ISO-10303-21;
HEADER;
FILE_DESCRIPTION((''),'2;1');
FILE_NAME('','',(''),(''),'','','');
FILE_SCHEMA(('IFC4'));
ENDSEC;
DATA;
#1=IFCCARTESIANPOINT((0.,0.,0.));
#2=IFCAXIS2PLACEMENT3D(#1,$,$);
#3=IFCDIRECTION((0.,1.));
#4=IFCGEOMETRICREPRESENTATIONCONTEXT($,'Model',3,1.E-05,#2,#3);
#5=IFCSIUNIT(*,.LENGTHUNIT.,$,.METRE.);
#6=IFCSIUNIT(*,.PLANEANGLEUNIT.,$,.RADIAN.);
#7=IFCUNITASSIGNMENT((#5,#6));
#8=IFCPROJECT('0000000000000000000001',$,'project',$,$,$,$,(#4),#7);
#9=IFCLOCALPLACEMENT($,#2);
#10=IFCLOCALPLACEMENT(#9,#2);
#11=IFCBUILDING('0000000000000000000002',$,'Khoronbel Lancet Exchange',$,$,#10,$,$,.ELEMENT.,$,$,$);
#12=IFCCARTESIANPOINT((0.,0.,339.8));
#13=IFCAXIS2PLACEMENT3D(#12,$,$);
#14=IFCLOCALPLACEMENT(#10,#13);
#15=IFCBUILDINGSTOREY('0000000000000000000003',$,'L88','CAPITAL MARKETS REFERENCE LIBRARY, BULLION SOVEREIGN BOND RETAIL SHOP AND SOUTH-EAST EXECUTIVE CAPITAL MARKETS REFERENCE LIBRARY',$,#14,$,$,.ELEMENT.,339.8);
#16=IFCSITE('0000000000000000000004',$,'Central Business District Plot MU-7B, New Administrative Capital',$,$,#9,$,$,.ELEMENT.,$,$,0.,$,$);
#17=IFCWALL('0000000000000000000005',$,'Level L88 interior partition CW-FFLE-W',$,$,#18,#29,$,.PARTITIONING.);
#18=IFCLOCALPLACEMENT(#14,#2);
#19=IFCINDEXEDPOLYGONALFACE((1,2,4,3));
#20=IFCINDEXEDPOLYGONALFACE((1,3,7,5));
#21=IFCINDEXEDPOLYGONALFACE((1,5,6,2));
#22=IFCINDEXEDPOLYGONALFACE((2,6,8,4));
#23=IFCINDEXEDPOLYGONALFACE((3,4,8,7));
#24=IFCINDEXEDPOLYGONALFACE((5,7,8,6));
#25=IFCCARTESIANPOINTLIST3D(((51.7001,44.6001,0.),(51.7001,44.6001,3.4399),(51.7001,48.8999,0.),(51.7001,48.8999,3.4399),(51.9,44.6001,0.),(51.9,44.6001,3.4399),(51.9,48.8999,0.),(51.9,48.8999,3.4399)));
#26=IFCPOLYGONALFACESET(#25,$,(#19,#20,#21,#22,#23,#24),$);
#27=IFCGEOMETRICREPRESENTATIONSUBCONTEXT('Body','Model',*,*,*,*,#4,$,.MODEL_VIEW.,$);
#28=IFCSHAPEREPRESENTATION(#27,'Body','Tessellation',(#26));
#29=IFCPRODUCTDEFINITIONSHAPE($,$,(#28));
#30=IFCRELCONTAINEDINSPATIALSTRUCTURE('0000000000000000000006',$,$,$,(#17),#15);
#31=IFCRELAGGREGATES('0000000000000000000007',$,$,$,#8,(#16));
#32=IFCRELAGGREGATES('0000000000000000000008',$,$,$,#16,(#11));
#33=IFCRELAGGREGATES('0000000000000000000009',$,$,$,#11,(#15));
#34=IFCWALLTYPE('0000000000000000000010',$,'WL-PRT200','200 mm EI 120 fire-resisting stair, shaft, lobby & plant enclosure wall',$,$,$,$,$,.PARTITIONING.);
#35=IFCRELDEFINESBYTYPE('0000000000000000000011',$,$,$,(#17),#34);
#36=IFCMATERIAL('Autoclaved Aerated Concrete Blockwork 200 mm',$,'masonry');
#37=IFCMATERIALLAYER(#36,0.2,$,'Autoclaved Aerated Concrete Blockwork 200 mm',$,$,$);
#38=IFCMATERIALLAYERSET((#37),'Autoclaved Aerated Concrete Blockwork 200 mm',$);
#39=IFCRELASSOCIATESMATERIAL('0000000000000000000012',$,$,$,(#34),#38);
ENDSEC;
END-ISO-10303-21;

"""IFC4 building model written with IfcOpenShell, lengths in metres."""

from ifc_helpers import new_model, si_unit, direction, frame, frame_2d, origin, place, context, subcontext, project, spatial, rectangle, extrude, material, layer, layer_set, type_object, element, save


model = new_model("IFC4")

# Units and contexts
model_context = context("Model", 3, precision=1e-05, world=origin(), true_north=direction((0.0, 1.0)))
body_context = subcontext(model_context, "Body", "Model", "MODEL_VIEW")
ifc_project = project(units=[si_unit("LENGTHUNIT", "METRE"), si_unit("PLANEANGLEUNIT", "RADIAN")], contexts=[model_context])

# Site, building, storey
site_placement = place(None, origin())
site = spatial("IfcSite", under=ifc_project, at=site_placement, Name="Central Business District Plot MU-7B, New Administrative Capital", CompositionType="ELEMENT", RefElevation=0.0)
building_placement = place(site_placement, origin())
building = spatial("IfcBuilding", under=site, at=building_placement, Name="Khoronbel Lancet Exchange", CompositionType="ELEMENT")
storey_placement = place(building_placement, frame((0.0, 0.0, 339.8)))
storey = spatial("IfcBuildingStorey", under=building, at=storey_placement, Name="L88", Description="CAPITAL MARKETS REFERENCE LIBRARY, BULLION SOVEREIGN BOND RETAIL SHOP AND SOUTH-EAST EXECUTIVE CAPITAL MARKETS REFERENCE LIBRARY", CompositionType="ELEMENT", Elevation=339.8)

# Wall
ifc_material_1 = material(Name="Autoclaved Aerated Concrete Blockwork 200 mm", Category="masonry")
ifc_layer_1 = layer(ifc_material_1, 0.2, Name="Autoclaved Aerated Concrete Blockwork 200 mm")
ifc_layer_set_1 = layer_set([ifc_layer_1], Name="Autoclaved Aerated Concrete Blockwork 200 mm")
wall_type_1 = type_object("IfcWallType", Name="WL-PRT200", Description="200 mm EI 120 fire-resisting stair, shaft, lobby & plant enclosure wall", PredefinedType="PARTITIONING", material=ifc_layer_set_1)
wall_1_placement = place(storey_placement, frame((51.8, 44.6001, 0.0), z_axis=(0.0, 0.0, 1.0), x_axis=(0.0, 1.0, 0.0)))
element("IfcWall", 1, at=wall_1_placement, inside=storey, type_object=wall_type_1, Name="Level L88 interior partition CW-FFLE-W", PredefinedType="PARTITIONING", context=body_context, shape_type="SweptSolid", body=[
    extrude(rectangle(XDim=4.2998, YDim=0.2, at=frame_2d((2.1499, 0.0))), origin(), (0.0, 0.0, 1.0), 3.4399),
])

save(model, "model.ifc")
